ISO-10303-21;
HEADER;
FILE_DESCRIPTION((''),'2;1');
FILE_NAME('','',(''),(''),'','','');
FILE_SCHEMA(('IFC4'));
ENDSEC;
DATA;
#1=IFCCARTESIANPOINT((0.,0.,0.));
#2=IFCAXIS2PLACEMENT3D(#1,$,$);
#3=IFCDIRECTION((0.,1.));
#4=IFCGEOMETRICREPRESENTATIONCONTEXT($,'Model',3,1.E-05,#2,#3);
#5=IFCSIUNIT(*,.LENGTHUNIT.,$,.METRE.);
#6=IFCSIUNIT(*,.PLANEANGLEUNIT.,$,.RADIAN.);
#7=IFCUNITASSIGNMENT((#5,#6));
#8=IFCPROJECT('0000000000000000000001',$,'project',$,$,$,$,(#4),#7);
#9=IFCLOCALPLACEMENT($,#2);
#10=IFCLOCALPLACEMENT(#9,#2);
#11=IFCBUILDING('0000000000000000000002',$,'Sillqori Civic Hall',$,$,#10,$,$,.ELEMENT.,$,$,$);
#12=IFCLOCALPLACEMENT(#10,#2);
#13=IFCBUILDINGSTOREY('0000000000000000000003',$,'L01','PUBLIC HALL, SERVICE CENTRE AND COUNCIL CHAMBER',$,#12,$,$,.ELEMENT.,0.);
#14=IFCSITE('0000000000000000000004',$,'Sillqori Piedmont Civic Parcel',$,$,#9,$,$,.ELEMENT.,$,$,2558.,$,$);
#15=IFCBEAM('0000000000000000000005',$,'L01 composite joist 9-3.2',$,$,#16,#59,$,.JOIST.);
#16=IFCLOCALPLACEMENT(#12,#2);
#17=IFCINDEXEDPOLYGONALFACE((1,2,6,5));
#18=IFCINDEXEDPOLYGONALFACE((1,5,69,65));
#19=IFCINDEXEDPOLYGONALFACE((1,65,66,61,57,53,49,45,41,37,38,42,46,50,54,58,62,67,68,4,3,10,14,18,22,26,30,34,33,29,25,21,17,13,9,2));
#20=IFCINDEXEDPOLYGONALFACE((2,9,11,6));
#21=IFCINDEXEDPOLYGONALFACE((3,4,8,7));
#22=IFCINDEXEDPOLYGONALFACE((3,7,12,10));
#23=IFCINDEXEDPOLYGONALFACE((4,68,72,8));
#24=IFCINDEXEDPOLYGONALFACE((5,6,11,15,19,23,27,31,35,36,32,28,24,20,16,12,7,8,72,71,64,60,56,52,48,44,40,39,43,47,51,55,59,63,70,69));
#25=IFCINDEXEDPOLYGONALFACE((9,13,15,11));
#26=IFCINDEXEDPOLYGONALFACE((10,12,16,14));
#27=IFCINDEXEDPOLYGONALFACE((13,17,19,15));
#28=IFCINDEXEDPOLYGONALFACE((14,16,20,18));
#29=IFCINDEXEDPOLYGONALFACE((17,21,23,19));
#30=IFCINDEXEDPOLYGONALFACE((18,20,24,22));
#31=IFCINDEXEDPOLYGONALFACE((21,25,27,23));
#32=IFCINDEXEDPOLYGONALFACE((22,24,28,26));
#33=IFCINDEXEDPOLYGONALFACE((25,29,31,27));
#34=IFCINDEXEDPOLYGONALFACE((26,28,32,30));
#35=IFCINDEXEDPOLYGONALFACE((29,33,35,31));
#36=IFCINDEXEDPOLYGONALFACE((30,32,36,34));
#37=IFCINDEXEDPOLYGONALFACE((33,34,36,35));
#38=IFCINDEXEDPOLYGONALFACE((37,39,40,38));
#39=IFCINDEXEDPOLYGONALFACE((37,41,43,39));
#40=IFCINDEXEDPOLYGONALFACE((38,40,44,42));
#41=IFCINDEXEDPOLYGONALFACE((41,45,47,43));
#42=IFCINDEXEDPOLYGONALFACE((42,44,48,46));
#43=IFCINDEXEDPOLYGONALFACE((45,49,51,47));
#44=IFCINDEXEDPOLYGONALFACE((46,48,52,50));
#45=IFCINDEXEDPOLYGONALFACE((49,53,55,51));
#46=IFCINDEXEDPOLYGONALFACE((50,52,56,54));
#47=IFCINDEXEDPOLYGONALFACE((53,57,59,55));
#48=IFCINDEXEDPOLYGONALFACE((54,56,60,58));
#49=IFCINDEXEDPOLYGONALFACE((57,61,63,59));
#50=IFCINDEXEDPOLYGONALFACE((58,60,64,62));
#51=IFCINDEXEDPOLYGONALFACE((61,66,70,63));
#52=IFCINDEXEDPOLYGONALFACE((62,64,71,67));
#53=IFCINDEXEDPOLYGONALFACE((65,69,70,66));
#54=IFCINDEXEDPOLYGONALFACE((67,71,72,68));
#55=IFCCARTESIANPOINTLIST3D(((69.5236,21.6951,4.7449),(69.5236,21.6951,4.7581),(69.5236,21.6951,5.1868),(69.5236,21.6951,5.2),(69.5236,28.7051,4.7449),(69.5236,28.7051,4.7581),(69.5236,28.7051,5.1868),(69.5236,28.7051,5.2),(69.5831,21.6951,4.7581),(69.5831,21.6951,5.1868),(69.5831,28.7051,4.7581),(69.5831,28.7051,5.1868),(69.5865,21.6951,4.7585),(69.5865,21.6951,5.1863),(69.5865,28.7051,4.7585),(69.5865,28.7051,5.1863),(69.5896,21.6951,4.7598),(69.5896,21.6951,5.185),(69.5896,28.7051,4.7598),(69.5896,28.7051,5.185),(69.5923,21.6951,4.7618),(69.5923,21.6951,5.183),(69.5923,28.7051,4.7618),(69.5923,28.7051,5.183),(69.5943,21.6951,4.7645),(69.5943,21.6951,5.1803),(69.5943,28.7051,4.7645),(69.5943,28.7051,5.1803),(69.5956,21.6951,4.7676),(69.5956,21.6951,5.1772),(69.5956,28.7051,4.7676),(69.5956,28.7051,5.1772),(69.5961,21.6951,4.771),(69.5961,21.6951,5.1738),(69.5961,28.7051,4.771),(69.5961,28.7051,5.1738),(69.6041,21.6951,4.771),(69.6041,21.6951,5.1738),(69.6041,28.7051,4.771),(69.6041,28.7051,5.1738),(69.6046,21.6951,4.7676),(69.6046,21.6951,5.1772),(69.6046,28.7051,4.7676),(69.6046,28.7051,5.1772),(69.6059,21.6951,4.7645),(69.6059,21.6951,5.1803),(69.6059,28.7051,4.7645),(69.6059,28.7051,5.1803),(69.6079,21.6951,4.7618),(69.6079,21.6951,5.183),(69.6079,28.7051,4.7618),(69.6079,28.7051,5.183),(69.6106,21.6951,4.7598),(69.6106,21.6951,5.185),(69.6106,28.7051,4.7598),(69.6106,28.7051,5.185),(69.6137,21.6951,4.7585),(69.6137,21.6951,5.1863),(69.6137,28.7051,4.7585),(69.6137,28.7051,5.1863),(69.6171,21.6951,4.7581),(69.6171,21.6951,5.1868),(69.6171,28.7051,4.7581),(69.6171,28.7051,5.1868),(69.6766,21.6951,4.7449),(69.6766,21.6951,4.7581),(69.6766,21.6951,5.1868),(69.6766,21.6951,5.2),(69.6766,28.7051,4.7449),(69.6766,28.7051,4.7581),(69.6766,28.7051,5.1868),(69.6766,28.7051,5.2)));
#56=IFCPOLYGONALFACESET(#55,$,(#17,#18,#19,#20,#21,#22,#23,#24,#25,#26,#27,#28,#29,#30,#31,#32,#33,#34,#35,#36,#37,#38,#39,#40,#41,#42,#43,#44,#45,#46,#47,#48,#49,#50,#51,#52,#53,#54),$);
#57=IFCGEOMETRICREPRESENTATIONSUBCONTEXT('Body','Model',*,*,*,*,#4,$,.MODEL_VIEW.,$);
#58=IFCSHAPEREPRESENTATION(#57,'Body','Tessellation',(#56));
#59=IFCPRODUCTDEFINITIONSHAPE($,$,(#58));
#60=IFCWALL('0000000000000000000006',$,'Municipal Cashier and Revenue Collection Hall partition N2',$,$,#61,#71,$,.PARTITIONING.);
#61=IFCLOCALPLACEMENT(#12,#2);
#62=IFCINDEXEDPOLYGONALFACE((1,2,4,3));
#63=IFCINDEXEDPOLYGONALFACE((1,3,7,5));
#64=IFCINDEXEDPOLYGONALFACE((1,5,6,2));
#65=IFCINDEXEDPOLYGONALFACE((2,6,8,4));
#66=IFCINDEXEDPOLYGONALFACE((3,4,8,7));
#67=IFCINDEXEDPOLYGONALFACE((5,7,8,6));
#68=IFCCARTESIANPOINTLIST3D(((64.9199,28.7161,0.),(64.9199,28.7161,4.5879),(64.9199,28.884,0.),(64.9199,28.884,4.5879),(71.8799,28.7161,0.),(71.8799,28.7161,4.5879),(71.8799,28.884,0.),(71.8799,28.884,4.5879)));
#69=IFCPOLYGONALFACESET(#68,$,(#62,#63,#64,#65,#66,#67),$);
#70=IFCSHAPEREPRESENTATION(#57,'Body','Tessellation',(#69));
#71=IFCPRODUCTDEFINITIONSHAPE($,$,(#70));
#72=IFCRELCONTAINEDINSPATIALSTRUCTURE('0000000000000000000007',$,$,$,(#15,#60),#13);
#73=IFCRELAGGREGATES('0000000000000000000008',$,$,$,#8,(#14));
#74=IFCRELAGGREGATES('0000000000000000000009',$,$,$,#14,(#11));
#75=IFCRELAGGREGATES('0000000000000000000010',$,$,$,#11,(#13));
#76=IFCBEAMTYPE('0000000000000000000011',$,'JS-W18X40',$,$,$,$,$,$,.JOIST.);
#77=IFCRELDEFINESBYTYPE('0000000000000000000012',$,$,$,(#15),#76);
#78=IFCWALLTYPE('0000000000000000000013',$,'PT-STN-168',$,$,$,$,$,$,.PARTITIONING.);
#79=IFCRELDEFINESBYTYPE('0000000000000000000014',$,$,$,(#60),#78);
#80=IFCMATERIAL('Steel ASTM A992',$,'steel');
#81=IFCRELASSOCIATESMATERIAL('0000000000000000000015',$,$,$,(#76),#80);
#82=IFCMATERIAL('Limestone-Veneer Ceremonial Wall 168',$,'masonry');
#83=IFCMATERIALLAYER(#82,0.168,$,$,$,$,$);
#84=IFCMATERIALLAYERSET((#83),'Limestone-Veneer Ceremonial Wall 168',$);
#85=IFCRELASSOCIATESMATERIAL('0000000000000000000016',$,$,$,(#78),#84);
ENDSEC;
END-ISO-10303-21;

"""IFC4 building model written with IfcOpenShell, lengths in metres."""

from ifc_helpers import new_model, si_unit, direction, frame, frame_2d, origin, origin_2d, place, context, subcontext, project, spatial, rectangle, i_section, extrude, material, layer, layer_set, material_profile, profile_set, type_object, element, save


model = new_model("IFC4")

# Units and contexts
model_context = context("Model", 3, precision=1e-05, world=origin(), true_north=direction((0.0, 1.0)))
body_context = subcontext(model_context, "Body", "Model", "MODEL_VIEW")
ifc_project = project(units=[si_unit("LENGTHUNIT", "METRE"), si_unit("PLANEANGLEUNIT", "RADIAN")], contexts=[model_context])

# Site, building, storey
site_placement = place(None, origin())
site = spatial("IfcSite", under=ifc_project, at=site_placement, Name="Sillqori Piedmont Civic Parcel", CompositionType="ELEMENT", RefElevation=2558.0)
building_placement = place(site_placement, origin())
building = spatial("IfcBuilding", under=site, at=building_placement, Name="Sillqori Civic Hall", CompositionType="ELEMENT")
storey_placement = place(building_placement, origin())
storey = spatial("IfcBuildingStorey", under=building, at=storey_placement, Name="L01", Description="PUBLIC HALL, SERVICE CENTRE AND COUNCIL CHAMBER", CompositionType="ELEMENT", Elevation=0.0)

# Shared definitions
ifc_material_1 = material(Name="Steel ASTM A992", Category="steel")

# Beam
ifc_material_profile_1 = material_profile(ifc_material_1, i_section(OverallWidth=0.1531, OverallDepth=0.4551, WebThickness=0.0081, FlangeThickness=0.0132, FilletRadius=0.0129, at=origin_2d()), Name="W18X40")
ifc_profile_set_1 = profile_set([ifc_material_profile_1], Name="Steel ASTM A992")
beam_type_1 = type_object("IfcBeamType", Name="JS-W18X40", PredefinedType="JOIST", material=ifc_profile_set_1)
for number, where, z_axis, x_axis, name in (
    (1, (69.6001, 21.6951, 4.9724), (0.0, 1.0, 0.0), (-1.0, 0.0, 0.0), "L01 composite joist 9-3.2"),
):
    element("IfcBeam", number, at=place(storey_placement, frame(where, z_axis=z_axis, x_axis=x_axis)), inside=storey, type_object=beam_type_1, Name=name, PredefinedType="JOIST", context=body_context, shape_type="SweptSolid", body=[
        extrude(i_section(OverallWidth=0.1531, OverallDepth=0.4551, WebThickness=0.0081, FlangeThickness=0.0132, FilletRadius=0.0129, at=origin_2d()), origin(), (0.0, 0.0, 1.0), 7.01),
    ])

# Wall
ifc_material_2 = material(Name="Limestone-Veneer Ceremonial Wall 168", Category="masonry")
ifc_layer_1 = layer(ifc_material_2, 0.168)
ifc_layer_set_1 = layer_set([ifc_layer_1], Name="Limestone-Veneer Ceremonial Wall 168")
wall_type = type_object("IfcWallType", Name="PT-STN-168", PredefinedType="PARTITIONING", material=ifc_layer_set_1)
wall_placement = place(storey_placement, frame((64.9199, 28.8, 0.0), z_axis=(0.0, 0.0, 1.0), x_axis=(1.0, 0.0, 0.0)))
element("IfcWall", 2, at=wall_placement, inside=storey, type_object=wall_type, Name="Municipal Cashier and Revenue Collection Hall partition N2", PredefinedType="PARTITIONING", context=body_context, shape_type="SweptSolid", body=[
    extrude(rectangle(XDim=6.96, YDim=0.168, at=frame_2d((3.48, 0.0))), origin(), (0.0, 0.0, 1.0), 4.5879),
])

save(model, "model.ifc")
